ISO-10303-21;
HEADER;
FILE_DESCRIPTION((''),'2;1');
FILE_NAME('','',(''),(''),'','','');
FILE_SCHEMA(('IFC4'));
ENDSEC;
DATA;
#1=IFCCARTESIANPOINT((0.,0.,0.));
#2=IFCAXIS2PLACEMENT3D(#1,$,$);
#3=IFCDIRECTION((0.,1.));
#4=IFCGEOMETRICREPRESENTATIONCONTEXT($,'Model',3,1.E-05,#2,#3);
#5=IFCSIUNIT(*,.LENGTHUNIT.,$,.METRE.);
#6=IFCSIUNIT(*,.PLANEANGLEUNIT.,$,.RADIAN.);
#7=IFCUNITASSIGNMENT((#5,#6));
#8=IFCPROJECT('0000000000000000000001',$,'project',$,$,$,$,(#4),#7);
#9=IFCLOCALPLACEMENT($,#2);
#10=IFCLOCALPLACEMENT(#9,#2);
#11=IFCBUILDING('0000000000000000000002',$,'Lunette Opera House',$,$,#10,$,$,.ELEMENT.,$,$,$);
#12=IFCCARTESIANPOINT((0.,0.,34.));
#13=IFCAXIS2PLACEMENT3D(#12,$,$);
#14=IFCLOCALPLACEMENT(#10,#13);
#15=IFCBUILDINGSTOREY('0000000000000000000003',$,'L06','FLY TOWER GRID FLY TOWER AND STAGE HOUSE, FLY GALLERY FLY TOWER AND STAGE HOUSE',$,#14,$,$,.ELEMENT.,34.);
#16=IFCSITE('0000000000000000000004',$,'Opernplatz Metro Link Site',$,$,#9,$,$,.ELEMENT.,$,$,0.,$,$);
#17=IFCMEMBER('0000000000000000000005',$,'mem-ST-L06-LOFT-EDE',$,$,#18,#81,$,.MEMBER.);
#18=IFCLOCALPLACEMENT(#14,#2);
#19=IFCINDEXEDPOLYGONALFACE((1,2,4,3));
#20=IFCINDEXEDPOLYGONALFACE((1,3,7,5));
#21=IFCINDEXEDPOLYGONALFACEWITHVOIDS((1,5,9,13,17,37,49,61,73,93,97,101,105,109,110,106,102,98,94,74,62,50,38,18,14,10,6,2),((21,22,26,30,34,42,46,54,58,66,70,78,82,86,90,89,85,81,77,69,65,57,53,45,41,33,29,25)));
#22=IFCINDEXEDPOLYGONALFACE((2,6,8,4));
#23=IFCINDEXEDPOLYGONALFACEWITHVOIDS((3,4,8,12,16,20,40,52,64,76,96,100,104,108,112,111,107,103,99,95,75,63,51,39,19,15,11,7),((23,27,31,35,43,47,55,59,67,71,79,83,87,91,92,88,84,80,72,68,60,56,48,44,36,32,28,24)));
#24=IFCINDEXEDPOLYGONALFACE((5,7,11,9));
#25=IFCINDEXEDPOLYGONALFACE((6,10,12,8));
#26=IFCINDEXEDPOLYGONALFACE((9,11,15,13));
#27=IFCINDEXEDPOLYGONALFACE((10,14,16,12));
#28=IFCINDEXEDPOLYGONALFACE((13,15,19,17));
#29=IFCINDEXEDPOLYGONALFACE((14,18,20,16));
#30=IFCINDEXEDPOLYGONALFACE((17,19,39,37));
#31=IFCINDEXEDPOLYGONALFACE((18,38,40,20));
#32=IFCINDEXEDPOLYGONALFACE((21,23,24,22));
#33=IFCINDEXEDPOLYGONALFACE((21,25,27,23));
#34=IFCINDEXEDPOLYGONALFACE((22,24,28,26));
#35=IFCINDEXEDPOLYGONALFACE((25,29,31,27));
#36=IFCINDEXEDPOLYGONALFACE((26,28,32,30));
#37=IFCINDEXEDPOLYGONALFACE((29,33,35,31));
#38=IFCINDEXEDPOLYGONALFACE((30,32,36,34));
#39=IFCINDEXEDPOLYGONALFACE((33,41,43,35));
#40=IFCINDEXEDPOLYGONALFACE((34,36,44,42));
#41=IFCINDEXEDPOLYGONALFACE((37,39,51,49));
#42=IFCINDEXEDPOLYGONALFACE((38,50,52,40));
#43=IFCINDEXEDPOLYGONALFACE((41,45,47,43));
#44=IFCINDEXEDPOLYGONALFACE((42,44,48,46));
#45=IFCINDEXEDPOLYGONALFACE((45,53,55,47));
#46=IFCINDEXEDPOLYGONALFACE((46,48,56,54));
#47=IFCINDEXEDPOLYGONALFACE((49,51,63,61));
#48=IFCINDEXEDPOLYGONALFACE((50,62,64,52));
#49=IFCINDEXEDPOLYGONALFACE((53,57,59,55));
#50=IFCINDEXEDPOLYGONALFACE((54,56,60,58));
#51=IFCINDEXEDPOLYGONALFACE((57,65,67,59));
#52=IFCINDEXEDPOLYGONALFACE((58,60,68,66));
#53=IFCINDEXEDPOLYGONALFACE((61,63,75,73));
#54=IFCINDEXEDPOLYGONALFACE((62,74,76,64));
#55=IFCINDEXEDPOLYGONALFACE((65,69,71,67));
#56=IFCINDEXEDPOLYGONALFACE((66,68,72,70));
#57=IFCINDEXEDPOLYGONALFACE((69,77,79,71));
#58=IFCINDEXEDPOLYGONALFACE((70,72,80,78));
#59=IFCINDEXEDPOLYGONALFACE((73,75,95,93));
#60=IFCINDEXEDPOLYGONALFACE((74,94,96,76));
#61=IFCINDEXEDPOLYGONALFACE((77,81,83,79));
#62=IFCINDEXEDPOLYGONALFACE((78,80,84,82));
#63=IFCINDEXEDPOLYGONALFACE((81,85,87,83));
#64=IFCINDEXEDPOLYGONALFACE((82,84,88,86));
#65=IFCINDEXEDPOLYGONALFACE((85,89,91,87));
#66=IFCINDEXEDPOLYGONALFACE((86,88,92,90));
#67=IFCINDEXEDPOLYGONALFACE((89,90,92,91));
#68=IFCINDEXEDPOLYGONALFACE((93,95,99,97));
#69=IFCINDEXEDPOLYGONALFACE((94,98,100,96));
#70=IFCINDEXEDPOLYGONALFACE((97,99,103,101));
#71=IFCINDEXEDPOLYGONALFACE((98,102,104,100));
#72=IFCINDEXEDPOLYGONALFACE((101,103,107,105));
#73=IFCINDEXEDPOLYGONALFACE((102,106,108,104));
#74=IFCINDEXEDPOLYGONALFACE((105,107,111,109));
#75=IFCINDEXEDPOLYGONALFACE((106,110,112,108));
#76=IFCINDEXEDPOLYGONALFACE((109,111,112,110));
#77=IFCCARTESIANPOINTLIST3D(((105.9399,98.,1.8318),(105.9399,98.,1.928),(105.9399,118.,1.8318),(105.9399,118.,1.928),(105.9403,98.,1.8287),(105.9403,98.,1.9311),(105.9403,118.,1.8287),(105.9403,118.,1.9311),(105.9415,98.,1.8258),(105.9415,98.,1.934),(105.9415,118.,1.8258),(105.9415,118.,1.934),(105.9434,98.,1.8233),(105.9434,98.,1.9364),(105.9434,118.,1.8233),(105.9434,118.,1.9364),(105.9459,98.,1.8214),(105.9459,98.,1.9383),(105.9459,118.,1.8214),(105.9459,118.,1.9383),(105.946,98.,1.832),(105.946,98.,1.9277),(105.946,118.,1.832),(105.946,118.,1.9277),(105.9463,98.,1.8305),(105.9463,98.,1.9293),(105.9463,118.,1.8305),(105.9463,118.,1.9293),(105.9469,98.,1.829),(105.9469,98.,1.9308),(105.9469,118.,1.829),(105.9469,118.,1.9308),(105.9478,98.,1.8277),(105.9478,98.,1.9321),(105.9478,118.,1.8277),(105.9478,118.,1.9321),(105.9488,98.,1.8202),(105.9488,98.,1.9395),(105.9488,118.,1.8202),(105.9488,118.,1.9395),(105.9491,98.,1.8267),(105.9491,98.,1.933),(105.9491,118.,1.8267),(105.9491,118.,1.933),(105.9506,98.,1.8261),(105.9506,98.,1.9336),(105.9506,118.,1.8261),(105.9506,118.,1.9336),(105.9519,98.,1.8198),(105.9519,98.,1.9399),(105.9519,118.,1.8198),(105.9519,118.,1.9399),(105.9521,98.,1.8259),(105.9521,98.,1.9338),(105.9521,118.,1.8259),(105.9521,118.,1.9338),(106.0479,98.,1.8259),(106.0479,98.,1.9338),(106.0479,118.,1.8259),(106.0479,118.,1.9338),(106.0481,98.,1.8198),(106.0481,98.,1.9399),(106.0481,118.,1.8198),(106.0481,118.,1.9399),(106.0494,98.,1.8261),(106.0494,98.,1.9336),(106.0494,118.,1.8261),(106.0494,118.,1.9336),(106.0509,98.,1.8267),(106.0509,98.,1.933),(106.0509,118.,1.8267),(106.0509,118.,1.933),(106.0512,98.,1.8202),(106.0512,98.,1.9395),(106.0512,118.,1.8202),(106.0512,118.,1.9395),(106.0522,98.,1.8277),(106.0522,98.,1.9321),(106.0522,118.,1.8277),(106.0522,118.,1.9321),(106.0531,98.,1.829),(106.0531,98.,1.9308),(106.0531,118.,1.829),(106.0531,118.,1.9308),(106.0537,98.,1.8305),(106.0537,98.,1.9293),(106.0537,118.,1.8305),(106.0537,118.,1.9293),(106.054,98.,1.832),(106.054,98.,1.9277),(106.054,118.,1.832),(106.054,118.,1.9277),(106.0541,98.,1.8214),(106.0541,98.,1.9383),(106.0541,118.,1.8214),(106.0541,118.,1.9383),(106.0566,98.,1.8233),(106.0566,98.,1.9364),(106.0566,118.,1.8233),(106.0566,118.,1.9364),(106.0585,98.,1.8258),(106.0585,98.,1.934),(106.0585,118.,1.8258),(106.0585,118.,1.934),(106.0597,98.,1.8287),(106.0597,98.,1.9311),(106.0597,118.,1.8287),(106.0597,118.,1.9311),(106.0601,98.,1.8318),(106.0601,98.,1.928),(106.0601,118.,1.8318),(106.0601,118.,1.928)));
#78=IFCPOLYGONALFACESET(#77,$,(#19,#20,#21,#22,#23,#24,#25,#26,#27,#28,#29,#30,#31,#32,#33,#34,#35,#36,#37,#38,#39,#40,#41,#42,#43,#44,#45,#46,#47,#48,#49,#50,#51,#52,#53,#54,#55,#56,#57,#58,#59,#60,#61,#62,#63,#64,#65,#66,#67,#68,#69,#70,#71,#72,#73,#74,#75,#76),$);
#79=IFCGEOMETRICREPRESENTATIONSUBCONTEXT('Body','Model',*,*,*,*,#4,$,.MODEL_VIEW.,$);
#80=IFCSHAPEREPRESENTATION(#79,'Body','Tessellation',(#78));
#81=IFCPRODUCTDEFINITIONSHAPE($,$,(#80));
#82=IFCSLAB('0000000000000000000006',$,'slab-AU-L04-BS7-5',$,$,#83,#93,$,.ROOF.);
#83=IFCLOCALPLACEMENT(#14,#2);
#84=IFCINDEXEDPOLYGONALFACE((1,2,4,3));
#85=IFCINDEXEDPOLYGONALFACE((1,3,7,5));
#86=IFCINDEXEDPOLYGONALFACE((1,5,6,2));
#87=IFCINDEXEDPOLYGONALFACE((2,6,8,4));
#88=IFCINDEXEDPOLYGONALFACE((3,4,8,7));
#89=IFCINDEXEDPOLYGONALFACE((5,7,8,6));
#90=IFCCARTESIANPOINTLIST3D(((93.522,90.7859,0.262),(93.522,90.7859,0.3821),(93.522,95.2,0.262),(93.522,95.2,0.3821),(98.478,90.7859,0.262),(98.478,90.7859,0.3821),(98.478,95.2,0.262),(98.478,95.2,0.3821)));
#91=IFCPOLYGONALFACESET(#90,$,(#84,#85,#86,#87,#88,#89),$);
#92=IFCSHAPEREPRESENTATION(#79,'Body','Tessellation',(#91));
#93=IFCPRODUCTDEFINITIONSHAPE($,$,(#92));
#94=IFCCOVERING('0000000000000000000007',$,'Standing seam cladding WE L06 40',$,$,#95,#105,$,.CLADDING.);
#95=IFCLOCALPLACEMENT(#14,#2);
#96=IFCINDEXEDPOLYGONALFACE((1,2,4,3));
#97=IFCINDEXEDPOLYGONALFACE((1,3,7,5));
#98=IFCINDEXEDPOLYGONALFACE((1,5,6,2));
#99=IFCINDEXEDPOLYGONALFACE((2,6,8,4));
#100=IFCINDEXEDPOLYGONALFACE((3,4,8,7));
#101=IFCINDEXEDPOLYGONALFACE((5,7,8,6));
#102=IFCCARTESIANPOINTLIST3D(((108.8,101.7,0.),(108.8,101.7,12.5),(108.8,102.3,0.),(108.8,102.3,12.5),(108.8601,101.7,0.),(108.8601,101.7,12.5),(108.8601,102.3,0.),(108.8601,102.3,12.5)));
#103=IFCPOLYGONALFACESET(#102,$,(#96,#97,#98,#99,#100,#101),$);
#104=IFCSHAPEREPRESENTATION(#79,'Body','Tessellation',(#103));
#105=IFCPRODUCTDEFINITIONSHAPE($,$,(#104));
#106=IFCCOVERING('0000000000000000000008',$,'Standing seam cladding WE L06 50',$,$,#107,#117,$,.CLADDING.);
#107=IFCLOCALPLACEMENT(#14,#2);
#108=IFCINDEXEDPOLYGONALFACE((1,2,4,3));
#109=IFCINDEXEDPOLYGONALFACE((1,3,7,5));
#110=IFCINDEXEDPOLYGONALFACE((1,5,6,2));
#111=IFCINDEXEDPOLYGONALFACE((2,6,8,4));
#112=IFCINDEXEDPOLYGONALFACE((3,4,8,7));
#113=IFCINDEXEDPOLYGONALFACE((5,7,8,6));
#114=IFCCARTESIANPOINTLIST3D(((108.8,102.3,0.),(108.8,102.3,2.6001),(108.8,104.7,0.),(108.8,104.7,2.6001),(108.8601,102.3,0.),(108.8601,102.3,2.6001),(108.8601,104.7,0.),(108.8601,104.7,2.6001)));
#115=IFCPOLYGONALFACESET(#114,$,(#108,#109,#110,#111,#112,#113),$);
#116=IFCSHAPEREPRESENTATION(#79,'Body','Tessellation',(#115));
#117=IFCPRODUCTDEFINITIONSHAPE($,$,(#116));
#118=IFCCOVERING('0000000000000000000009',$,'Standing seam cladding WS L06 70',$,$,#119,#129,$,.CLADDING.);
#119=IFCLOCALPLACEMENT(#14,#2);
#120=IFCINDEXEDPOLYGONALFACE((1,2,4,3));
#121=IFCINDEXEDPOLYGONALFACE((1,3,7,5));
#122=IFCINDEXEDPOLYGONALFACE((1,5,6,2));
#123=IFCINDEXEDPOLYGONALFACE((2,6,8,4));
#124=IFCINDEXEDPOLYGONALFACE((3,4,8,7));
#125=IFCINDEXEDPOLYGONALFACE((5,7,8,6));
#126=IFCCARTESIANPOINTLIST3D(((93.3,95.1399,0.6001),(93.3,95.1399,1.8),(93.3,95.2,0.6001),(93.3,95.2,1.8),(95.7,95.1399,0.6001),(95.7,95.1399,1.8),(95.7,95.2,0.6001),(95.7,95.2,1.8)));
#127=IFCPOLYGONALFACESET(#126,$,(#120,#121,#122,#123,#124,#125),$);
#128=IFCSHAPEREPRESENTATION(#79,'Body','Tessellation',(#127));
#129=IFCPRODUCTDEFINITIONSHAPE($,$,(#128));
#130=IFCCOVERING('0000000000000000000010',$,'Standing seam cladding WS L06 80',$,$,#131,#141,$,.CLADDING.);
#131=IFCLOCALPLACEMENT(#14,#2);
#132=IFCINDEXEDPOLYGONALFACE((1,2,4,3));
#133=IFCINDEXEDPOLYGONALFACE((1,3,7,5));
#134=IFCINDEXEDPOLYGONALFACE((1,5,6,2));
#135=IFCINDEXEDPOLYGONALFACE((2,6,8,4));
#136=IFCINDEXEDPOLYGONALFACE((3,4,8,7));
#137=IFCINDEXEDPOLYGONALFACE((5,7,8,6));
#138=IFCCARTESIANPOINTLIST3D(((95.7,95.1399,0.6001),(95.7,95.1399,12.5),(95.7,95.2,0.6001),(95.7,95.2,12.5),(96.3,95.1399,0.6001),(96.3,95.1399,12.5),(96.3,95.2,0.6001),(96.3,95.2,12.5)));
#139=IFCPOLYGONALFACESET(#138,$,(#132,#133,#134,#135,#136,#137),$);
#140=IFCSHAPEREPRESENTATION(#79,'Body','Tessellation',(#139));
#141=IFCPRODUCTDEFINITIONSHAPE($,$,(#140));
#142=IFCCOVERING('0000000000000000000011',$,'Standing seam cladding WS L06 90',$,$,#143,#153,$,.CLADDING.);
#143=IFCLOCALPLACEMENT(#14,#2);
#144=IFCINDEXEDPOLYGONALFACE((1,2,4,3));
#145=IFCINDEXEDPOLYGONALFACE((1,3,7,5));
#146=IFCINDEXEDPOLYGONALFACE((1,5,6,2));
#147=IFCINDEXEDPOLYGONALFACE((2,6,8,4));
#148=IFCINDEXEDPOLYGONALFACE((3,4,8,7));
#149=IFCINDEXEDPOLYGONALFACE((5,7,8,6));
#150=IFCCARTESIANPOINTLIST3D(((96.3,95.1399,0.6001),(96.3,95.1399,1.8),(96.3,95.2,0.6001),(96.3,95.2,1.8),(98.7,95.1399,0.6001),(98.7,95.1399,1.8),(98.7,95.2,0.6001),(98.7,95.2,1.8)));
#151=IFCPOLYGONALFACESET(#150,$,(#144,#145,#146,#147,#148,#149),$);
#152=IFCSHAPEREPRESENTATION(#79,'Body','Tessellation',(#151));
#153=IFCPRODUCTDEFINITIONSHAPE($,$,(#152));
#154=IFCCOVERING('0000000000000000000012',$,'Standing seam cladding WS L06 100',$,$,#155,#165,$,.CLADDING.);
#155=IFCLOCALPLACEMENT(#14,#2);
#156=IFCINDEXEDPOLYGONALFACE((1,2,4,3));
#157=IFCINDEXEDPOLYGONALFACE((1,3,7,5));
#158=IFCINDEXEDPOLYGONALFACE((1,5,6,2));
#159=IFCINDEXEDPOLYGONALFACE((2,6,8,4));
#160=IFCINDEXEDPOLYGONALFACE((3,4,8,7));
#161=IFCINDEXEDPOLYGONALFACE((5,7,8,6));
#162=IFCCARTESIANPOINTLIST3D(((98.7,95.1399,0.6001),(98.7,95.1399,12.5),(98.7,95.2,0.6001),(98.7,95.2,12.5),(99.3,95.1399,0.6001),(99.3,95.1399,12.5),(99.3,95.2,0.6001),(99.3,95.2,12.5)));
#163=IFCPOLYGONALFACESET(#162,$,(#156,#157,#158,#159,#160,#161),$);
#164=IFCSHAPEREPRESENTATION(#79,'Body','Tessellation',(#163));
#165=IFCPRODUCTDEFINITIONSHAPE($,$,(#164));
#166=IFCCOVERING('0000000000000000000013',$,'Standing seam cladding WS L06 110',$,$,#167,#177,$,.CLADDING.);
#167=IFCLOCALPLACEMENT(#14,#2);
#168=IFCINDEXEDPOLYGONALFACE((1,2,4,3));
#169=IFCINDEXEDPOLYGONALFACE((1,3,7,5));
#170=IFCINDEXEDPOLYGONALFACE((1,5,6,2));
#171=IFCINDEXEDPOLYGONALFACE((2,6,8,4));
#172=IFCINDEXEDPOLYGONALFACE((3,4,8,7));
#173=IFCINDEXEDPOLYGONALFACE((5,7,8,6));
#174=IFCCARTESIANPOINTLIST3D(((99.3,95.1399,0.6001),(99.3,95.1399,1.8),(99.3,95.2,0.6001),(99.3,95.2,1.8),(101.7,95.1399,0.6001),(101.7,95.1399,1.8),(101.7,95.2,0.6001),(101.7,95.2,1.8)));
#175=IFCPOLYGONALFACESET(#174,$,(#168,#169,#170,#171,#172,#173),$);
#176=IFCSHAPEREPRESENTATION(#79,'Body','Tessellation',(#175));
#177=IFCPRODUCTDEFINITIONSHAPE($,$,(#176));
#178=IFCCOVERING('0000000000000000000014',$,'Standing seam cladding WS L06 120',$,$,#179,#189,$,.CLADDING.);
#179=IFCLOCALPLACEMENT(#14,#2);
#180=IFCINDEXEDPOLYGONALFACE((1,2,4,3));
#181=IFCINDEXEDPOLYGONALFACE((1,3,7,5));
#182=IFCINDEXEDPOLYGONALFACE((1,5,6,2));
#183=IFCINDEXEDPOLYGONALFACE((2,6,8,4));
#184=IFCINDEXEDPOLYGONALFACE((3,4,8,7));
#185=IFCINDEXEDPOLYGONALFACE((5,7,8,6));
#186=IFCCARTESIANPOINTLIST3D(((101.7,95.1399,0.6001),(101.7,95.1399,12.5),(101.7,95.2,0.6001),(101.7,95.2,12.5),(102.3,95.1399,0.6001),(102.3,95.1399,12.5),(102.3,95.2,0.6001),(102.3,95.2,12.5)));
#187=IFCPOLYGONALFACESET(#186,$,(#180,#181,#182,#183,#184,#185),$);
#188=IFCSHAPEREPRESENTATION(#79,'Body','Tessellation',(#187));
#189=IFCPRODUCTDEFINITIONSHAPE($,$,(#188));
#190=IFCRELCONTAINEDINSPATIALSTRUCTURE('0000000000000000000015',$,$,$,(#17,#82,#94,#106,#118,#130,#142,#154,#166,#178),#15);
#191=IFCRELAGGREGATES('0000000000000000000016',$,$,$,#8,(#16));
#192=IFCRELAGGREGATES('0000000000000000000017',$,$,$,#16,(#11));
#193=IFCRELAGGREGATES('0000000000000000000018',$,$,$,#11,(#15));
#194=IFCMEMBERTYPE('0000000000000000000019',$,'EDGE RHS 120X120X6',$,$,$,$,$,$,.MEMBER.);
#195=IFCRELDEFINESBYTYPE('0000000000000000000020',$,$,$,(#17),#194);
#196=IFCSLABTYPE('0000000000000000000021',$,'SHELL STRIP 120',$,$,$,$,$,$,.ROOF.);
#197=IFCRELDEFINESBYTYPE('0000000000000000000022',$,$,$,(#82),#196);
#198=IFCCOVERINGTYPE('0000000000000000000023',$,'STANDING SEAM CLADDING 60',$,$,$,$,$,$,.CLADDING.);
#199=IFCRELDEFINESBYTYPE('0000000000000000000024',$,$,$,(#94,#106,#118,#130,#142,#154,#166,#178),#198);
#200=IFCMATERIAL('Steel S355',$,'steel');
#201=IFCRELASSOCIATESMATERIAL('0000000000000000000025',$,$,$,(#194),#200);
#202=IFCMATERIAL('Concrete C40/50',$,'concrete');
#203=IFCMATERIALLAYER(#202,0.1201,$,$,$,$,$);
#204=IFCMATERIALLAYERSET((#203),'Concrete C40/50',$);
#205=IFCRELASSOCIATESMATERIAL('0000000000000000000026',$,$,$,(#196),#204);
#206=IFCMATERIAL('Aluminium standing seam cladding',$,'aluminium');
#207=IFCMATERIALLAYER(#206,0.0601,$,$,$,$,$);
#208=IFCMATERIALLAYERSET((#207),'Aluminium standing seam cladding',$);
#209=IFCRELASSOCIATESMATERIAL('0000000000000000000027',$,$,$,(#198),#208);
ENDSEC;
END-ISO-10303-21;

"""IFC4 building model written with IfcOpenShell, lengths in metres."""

from ifc_helpers import new_model, si_unit, direction, frame, origin, origin_2d, place, context, subcontext, project, spatial, polyline, rectangle, hollow_rectangle, outline, extrude, material, layer, layer_set, material_profile, profile_set, type_object, element, save


model = new_model("IFC4")

# Units and contexts
model_context = context("Model", 3, precision=1e-05, world=origin(), true_north=direction((0.0, 1.0)))
body_context = subcontext(model_context, "Body", "Model", "MODEL_VIEW")
ifc_project = project(units=[si_unit("LENGTHUNIT", "METRE"), si_unit("PLANEANGLEUNIT", "RADIAN")], contexts=[model_context])

# Site, building, storey
site_placement = place(None, origin())
site = spatial("IfcSite", under=ifc_project, at=site_placement, Name="Opernplatz Metro Link Site", CompositionType="ELEMENT", RefElevation=0.0)
building_placement = place(site_placement, origin())
building = spatial("IfcBuilding", under=site, at=building_placement, Name="Lunette Opera House", CompositionType="ELEMENT")
storey_placement = place(building_placement, frame((0.0, 0.0, 34.0)))
storey = spatial("IfcBuildingStorey", under=building, at=storey_placement, Name="L06", Description="FLY TOWER GRID FLY TOWER AND STAGE HOUSE, FLY GALLERY FLY TOWER AND STAGE HOUSE", CompositionType="ELEMENT", Elevation=34.0)

# Member
ifc_material_1 = material(Name="Steel S355", Category="steel")
ifc_material_profile_1 = material_profile(ifc_material_1, hollow_rectangle(XDim=0.1201, YDim=0.1201, WallThickness=0.0061, InnerFilletRadius=0.0061, OuterFilletRadius=0.012, at=origin_2d()), Name="RHS 120X120X6")
ifc_profile_set_1 = profile_set([ifc_material_profile_1], Name="Steel S355")
member_type_1 = type_object("IfcMemberType", Name="EDGE RHS 120X120X6", PredefinedType="MEMBER", material=ifc_profile_set_1)
member_placement = place(storey_placement, frame((106.0, 98.0, 1.8799), z_axis=(0.0, 1.0, 0.0), x_axis=(-1.0, 0.0, 0.0)))
element("IfcMember", 1, at=member_placement, inside=storey, type_object=member_type_1, Name="mem-ST-L06-LOFT-EDE", PredefinedType="MEMBER", context=body_context, shape_type="SweptSolid", body=[
    extrude(hollow_rectangle(XDim=0.1201, YDim=0.1201, WallThickness=0.0061, InnerFilletRadius=0.0061, OuterFilletRadius=0.012, at=origin_2d()), origin(), (0.0, 0.0, 1.0), 20.0),
])

# Slab
ifc_material_2 = material(Name="Concrete C40/50", Category="concrete")
ifc_layer_1 = layer(ifc_material_2, 0.1201)
ifc_layer_set_1 = layer_set([ifc_layer_1], Name="Concrete C40/50")
slab_type = type_object("IfcSlabType", Name="SHELL STRIP 120", PredefinedType="ROOF", material=ifc_layer_set_1)
slab_placement = place(storey_placement, frame((93.522, 90.7859, 0.3821), z_axis=(0.0, 0.0, 1.0), x_axis=(1.0, 0.0, 0.0)))
element("IfcSlab", 2, at=slab_placement, inside=storey, type_object=slab_type, Name="slab-AU-L04-BS7-5", PredefinedType="ROOF", context=body_context, shape_type="SweptSolid", body=[
    extrude(outline(polyline([(0.0, 0.0), (4.9561, 0.0), (4.9561, 4.4141), (0.0, 4.4141), (0.0, 0.0)])), origin(), (0.0, 0.0, -1.0), 0.1201),
])

# Coverings
ifc_material_3 = material(Name="Aluminium standing seam cladding", Category="aluminium")
ifc_layer_2 = layer(ifc_material_3, 0.0601)
ifc_layer_set_2 = layer_set([ifc_layer_2], Name="Aluminium standing seam cladding")
covering_type_1 = type_object("IfcCoveringType", Name="STANDING SEAM CLADDING 60", PredefinedType="CLADDING", material=ifc_layer_set_2)
covering_1_placement = place(storey_placement, frame((108.8301, 102.0, 0.0), z_axis=(0.0, 0.0, 1.0), x_axis=(0.0, 1.0, 0.0)))
element("IfcCovering", 3, at=covering_1_placement, inside=storey, type_object=covering_type_1, Name="Standing seam cladding WE L06 40", PredefinedType="CLADDING", context=body_context, shape_type="SweptSolid", body=[
    extrude(rectangle(XDim=0.6001, YDim=0.0601, at=origin_2d()), origin(), (0.0, 0.0, 1.0), 12.5),
])
covering_2_placement = place(storey_placement, frame((108.8301, 103.5, 0.0), z_axis=(0.0, 0.0, 1.0), x_axis=(0.0, 1.0, 0.0)))
element("IfcCovering", 4, at=covering_2_placement, inside=storey, type_object=covering_type_1, Name="Standing seam cladding WE L06 50", PredefinedType="CLADDING", context=body_context, shape_type="SweptSolid", body=[
    extrude(rectangle(XDim=2.3999, YDim=0.0601, at=origin_2d()), origin(), (0.0, 0.0, 1.0), 2.6001),
])
covering_3_placement = place(storey_placement, frame((94.5, 95.1699, 0.6001), z_axis=(0.0, 0.0, 1.0), x_axis=(1.0, 0.0, 0.0)))
element("IfcCovering", 5, at=covering_3_placement, inside=storey, type_object=covering_type_1, Name="Standing seam cladding WS L06 70", PredefinedType="CLADDING", context=body_context, shape_type="SweptSolid", body=[
    extrude(rectangle(XDim=2.3999, YDim=0.0601, at=origin_2d()), origin(), (0.0, 0.0, 1.0), 1.2),
])
covering_4_placement = place(storey_placement, frame((96.0, 95.1699, 0.6001), z_axis=(0.0, 0.0, 1.0), x_axis=(1.0, 0.0, 0.0)))
element("IfcCovering", 6, at=covering_4_placement, inside=storey, type_object=covering_type_1, Name="Standing seam cladding WS L06 80", PredefinedType="CLADDING", context=body_context, shape_type="SweptSolid", body=[
    extrude(rectangle(XDim=0.6001, YDim=0.0601, at=origin_2d()), origin(), (0.0, 0.0, 1.0), 11.8999),
])
covering_5_placement = place(storey_placement, frame((97.5, 95.1699, 0.6001), z_axis=(0.0, 0.0, 1.0), x_axis=(1.0, 0.0, 0.0)))
element("IfcCovering", 7, at=covering_5_placement, inside=storey, type_object=covering_type_1, Name="Standing seam cladding WS L06 90", PredefinedType="CLADDING", context=body_context, shape_type="SweptSolid", body=[
    extrude(rectangle(XDim=2.3999, YDim=0.0601, at=origin_2d()), origin(), (0.0, 0.0, 1.0), 1.2),
])
covering_6_placement = place(storey_placement, frame((99.0, 95.1699, 0.6001), z_axis=(0.0, 0.0, 1.0), x_axis=(1.0, 0.0, 0.0)))
element("IfcCovering", 8, at=covering_6_placement, inside=storey, type_object=covering_type_1, Name="Standing seam cladding WS L06 100", PredefinedType="CLADDING", context=body_context, shape_type="SweptSolid", body=[
    extrude(rectangle(XDim=0.6001, YDim=0.0601, at=origin_2d()), origin(), (0.0, 0.0, 1.0), 11.8999),
])
covering_7_placement = place(storey_placement, frame((100.5, 95.1699, 0.6001), z_axis=(0.0, 0.0, 1.0), x_axis=(1.0, 0.0, 0.0)))
element("IfcCovering", 9, at=covering_7_placement, inside=storey, type_object=covering_type_1, Name="Standing seam cladding WS L06 110", PredefinedType="CLADDING", context=body_context, shape_type="SweptSolid", body=[
    extrude(rectangle(XDim=2.3999, YDim=0.0601, at=origin_2d()), origin(), (0.0, 0.0, 1.0), 1.2),
])
covering_8_placement = place(storey_placement, frame((102.0, 95.1699, 0.6001), z_axis=(0.0, 0.0, 1.0), x_axis=(1.0, 0.0, 0.0)))
element("IfcCovering", 10, at=covering_8_placement, inside=storey, type_object=covering_type_1, Name="Standing seam cladding WS L06 120", PredefinedType="CLADDING", context=body_context, shape_type="SweptSolid", body=[
    extrude(rectangle(XDim=0.6001, YDim=0.0601, at=origin_2d()), origin(), (0.0, 0.0, 1.0), 11.8999),
])

save(model, "model.ifc")
